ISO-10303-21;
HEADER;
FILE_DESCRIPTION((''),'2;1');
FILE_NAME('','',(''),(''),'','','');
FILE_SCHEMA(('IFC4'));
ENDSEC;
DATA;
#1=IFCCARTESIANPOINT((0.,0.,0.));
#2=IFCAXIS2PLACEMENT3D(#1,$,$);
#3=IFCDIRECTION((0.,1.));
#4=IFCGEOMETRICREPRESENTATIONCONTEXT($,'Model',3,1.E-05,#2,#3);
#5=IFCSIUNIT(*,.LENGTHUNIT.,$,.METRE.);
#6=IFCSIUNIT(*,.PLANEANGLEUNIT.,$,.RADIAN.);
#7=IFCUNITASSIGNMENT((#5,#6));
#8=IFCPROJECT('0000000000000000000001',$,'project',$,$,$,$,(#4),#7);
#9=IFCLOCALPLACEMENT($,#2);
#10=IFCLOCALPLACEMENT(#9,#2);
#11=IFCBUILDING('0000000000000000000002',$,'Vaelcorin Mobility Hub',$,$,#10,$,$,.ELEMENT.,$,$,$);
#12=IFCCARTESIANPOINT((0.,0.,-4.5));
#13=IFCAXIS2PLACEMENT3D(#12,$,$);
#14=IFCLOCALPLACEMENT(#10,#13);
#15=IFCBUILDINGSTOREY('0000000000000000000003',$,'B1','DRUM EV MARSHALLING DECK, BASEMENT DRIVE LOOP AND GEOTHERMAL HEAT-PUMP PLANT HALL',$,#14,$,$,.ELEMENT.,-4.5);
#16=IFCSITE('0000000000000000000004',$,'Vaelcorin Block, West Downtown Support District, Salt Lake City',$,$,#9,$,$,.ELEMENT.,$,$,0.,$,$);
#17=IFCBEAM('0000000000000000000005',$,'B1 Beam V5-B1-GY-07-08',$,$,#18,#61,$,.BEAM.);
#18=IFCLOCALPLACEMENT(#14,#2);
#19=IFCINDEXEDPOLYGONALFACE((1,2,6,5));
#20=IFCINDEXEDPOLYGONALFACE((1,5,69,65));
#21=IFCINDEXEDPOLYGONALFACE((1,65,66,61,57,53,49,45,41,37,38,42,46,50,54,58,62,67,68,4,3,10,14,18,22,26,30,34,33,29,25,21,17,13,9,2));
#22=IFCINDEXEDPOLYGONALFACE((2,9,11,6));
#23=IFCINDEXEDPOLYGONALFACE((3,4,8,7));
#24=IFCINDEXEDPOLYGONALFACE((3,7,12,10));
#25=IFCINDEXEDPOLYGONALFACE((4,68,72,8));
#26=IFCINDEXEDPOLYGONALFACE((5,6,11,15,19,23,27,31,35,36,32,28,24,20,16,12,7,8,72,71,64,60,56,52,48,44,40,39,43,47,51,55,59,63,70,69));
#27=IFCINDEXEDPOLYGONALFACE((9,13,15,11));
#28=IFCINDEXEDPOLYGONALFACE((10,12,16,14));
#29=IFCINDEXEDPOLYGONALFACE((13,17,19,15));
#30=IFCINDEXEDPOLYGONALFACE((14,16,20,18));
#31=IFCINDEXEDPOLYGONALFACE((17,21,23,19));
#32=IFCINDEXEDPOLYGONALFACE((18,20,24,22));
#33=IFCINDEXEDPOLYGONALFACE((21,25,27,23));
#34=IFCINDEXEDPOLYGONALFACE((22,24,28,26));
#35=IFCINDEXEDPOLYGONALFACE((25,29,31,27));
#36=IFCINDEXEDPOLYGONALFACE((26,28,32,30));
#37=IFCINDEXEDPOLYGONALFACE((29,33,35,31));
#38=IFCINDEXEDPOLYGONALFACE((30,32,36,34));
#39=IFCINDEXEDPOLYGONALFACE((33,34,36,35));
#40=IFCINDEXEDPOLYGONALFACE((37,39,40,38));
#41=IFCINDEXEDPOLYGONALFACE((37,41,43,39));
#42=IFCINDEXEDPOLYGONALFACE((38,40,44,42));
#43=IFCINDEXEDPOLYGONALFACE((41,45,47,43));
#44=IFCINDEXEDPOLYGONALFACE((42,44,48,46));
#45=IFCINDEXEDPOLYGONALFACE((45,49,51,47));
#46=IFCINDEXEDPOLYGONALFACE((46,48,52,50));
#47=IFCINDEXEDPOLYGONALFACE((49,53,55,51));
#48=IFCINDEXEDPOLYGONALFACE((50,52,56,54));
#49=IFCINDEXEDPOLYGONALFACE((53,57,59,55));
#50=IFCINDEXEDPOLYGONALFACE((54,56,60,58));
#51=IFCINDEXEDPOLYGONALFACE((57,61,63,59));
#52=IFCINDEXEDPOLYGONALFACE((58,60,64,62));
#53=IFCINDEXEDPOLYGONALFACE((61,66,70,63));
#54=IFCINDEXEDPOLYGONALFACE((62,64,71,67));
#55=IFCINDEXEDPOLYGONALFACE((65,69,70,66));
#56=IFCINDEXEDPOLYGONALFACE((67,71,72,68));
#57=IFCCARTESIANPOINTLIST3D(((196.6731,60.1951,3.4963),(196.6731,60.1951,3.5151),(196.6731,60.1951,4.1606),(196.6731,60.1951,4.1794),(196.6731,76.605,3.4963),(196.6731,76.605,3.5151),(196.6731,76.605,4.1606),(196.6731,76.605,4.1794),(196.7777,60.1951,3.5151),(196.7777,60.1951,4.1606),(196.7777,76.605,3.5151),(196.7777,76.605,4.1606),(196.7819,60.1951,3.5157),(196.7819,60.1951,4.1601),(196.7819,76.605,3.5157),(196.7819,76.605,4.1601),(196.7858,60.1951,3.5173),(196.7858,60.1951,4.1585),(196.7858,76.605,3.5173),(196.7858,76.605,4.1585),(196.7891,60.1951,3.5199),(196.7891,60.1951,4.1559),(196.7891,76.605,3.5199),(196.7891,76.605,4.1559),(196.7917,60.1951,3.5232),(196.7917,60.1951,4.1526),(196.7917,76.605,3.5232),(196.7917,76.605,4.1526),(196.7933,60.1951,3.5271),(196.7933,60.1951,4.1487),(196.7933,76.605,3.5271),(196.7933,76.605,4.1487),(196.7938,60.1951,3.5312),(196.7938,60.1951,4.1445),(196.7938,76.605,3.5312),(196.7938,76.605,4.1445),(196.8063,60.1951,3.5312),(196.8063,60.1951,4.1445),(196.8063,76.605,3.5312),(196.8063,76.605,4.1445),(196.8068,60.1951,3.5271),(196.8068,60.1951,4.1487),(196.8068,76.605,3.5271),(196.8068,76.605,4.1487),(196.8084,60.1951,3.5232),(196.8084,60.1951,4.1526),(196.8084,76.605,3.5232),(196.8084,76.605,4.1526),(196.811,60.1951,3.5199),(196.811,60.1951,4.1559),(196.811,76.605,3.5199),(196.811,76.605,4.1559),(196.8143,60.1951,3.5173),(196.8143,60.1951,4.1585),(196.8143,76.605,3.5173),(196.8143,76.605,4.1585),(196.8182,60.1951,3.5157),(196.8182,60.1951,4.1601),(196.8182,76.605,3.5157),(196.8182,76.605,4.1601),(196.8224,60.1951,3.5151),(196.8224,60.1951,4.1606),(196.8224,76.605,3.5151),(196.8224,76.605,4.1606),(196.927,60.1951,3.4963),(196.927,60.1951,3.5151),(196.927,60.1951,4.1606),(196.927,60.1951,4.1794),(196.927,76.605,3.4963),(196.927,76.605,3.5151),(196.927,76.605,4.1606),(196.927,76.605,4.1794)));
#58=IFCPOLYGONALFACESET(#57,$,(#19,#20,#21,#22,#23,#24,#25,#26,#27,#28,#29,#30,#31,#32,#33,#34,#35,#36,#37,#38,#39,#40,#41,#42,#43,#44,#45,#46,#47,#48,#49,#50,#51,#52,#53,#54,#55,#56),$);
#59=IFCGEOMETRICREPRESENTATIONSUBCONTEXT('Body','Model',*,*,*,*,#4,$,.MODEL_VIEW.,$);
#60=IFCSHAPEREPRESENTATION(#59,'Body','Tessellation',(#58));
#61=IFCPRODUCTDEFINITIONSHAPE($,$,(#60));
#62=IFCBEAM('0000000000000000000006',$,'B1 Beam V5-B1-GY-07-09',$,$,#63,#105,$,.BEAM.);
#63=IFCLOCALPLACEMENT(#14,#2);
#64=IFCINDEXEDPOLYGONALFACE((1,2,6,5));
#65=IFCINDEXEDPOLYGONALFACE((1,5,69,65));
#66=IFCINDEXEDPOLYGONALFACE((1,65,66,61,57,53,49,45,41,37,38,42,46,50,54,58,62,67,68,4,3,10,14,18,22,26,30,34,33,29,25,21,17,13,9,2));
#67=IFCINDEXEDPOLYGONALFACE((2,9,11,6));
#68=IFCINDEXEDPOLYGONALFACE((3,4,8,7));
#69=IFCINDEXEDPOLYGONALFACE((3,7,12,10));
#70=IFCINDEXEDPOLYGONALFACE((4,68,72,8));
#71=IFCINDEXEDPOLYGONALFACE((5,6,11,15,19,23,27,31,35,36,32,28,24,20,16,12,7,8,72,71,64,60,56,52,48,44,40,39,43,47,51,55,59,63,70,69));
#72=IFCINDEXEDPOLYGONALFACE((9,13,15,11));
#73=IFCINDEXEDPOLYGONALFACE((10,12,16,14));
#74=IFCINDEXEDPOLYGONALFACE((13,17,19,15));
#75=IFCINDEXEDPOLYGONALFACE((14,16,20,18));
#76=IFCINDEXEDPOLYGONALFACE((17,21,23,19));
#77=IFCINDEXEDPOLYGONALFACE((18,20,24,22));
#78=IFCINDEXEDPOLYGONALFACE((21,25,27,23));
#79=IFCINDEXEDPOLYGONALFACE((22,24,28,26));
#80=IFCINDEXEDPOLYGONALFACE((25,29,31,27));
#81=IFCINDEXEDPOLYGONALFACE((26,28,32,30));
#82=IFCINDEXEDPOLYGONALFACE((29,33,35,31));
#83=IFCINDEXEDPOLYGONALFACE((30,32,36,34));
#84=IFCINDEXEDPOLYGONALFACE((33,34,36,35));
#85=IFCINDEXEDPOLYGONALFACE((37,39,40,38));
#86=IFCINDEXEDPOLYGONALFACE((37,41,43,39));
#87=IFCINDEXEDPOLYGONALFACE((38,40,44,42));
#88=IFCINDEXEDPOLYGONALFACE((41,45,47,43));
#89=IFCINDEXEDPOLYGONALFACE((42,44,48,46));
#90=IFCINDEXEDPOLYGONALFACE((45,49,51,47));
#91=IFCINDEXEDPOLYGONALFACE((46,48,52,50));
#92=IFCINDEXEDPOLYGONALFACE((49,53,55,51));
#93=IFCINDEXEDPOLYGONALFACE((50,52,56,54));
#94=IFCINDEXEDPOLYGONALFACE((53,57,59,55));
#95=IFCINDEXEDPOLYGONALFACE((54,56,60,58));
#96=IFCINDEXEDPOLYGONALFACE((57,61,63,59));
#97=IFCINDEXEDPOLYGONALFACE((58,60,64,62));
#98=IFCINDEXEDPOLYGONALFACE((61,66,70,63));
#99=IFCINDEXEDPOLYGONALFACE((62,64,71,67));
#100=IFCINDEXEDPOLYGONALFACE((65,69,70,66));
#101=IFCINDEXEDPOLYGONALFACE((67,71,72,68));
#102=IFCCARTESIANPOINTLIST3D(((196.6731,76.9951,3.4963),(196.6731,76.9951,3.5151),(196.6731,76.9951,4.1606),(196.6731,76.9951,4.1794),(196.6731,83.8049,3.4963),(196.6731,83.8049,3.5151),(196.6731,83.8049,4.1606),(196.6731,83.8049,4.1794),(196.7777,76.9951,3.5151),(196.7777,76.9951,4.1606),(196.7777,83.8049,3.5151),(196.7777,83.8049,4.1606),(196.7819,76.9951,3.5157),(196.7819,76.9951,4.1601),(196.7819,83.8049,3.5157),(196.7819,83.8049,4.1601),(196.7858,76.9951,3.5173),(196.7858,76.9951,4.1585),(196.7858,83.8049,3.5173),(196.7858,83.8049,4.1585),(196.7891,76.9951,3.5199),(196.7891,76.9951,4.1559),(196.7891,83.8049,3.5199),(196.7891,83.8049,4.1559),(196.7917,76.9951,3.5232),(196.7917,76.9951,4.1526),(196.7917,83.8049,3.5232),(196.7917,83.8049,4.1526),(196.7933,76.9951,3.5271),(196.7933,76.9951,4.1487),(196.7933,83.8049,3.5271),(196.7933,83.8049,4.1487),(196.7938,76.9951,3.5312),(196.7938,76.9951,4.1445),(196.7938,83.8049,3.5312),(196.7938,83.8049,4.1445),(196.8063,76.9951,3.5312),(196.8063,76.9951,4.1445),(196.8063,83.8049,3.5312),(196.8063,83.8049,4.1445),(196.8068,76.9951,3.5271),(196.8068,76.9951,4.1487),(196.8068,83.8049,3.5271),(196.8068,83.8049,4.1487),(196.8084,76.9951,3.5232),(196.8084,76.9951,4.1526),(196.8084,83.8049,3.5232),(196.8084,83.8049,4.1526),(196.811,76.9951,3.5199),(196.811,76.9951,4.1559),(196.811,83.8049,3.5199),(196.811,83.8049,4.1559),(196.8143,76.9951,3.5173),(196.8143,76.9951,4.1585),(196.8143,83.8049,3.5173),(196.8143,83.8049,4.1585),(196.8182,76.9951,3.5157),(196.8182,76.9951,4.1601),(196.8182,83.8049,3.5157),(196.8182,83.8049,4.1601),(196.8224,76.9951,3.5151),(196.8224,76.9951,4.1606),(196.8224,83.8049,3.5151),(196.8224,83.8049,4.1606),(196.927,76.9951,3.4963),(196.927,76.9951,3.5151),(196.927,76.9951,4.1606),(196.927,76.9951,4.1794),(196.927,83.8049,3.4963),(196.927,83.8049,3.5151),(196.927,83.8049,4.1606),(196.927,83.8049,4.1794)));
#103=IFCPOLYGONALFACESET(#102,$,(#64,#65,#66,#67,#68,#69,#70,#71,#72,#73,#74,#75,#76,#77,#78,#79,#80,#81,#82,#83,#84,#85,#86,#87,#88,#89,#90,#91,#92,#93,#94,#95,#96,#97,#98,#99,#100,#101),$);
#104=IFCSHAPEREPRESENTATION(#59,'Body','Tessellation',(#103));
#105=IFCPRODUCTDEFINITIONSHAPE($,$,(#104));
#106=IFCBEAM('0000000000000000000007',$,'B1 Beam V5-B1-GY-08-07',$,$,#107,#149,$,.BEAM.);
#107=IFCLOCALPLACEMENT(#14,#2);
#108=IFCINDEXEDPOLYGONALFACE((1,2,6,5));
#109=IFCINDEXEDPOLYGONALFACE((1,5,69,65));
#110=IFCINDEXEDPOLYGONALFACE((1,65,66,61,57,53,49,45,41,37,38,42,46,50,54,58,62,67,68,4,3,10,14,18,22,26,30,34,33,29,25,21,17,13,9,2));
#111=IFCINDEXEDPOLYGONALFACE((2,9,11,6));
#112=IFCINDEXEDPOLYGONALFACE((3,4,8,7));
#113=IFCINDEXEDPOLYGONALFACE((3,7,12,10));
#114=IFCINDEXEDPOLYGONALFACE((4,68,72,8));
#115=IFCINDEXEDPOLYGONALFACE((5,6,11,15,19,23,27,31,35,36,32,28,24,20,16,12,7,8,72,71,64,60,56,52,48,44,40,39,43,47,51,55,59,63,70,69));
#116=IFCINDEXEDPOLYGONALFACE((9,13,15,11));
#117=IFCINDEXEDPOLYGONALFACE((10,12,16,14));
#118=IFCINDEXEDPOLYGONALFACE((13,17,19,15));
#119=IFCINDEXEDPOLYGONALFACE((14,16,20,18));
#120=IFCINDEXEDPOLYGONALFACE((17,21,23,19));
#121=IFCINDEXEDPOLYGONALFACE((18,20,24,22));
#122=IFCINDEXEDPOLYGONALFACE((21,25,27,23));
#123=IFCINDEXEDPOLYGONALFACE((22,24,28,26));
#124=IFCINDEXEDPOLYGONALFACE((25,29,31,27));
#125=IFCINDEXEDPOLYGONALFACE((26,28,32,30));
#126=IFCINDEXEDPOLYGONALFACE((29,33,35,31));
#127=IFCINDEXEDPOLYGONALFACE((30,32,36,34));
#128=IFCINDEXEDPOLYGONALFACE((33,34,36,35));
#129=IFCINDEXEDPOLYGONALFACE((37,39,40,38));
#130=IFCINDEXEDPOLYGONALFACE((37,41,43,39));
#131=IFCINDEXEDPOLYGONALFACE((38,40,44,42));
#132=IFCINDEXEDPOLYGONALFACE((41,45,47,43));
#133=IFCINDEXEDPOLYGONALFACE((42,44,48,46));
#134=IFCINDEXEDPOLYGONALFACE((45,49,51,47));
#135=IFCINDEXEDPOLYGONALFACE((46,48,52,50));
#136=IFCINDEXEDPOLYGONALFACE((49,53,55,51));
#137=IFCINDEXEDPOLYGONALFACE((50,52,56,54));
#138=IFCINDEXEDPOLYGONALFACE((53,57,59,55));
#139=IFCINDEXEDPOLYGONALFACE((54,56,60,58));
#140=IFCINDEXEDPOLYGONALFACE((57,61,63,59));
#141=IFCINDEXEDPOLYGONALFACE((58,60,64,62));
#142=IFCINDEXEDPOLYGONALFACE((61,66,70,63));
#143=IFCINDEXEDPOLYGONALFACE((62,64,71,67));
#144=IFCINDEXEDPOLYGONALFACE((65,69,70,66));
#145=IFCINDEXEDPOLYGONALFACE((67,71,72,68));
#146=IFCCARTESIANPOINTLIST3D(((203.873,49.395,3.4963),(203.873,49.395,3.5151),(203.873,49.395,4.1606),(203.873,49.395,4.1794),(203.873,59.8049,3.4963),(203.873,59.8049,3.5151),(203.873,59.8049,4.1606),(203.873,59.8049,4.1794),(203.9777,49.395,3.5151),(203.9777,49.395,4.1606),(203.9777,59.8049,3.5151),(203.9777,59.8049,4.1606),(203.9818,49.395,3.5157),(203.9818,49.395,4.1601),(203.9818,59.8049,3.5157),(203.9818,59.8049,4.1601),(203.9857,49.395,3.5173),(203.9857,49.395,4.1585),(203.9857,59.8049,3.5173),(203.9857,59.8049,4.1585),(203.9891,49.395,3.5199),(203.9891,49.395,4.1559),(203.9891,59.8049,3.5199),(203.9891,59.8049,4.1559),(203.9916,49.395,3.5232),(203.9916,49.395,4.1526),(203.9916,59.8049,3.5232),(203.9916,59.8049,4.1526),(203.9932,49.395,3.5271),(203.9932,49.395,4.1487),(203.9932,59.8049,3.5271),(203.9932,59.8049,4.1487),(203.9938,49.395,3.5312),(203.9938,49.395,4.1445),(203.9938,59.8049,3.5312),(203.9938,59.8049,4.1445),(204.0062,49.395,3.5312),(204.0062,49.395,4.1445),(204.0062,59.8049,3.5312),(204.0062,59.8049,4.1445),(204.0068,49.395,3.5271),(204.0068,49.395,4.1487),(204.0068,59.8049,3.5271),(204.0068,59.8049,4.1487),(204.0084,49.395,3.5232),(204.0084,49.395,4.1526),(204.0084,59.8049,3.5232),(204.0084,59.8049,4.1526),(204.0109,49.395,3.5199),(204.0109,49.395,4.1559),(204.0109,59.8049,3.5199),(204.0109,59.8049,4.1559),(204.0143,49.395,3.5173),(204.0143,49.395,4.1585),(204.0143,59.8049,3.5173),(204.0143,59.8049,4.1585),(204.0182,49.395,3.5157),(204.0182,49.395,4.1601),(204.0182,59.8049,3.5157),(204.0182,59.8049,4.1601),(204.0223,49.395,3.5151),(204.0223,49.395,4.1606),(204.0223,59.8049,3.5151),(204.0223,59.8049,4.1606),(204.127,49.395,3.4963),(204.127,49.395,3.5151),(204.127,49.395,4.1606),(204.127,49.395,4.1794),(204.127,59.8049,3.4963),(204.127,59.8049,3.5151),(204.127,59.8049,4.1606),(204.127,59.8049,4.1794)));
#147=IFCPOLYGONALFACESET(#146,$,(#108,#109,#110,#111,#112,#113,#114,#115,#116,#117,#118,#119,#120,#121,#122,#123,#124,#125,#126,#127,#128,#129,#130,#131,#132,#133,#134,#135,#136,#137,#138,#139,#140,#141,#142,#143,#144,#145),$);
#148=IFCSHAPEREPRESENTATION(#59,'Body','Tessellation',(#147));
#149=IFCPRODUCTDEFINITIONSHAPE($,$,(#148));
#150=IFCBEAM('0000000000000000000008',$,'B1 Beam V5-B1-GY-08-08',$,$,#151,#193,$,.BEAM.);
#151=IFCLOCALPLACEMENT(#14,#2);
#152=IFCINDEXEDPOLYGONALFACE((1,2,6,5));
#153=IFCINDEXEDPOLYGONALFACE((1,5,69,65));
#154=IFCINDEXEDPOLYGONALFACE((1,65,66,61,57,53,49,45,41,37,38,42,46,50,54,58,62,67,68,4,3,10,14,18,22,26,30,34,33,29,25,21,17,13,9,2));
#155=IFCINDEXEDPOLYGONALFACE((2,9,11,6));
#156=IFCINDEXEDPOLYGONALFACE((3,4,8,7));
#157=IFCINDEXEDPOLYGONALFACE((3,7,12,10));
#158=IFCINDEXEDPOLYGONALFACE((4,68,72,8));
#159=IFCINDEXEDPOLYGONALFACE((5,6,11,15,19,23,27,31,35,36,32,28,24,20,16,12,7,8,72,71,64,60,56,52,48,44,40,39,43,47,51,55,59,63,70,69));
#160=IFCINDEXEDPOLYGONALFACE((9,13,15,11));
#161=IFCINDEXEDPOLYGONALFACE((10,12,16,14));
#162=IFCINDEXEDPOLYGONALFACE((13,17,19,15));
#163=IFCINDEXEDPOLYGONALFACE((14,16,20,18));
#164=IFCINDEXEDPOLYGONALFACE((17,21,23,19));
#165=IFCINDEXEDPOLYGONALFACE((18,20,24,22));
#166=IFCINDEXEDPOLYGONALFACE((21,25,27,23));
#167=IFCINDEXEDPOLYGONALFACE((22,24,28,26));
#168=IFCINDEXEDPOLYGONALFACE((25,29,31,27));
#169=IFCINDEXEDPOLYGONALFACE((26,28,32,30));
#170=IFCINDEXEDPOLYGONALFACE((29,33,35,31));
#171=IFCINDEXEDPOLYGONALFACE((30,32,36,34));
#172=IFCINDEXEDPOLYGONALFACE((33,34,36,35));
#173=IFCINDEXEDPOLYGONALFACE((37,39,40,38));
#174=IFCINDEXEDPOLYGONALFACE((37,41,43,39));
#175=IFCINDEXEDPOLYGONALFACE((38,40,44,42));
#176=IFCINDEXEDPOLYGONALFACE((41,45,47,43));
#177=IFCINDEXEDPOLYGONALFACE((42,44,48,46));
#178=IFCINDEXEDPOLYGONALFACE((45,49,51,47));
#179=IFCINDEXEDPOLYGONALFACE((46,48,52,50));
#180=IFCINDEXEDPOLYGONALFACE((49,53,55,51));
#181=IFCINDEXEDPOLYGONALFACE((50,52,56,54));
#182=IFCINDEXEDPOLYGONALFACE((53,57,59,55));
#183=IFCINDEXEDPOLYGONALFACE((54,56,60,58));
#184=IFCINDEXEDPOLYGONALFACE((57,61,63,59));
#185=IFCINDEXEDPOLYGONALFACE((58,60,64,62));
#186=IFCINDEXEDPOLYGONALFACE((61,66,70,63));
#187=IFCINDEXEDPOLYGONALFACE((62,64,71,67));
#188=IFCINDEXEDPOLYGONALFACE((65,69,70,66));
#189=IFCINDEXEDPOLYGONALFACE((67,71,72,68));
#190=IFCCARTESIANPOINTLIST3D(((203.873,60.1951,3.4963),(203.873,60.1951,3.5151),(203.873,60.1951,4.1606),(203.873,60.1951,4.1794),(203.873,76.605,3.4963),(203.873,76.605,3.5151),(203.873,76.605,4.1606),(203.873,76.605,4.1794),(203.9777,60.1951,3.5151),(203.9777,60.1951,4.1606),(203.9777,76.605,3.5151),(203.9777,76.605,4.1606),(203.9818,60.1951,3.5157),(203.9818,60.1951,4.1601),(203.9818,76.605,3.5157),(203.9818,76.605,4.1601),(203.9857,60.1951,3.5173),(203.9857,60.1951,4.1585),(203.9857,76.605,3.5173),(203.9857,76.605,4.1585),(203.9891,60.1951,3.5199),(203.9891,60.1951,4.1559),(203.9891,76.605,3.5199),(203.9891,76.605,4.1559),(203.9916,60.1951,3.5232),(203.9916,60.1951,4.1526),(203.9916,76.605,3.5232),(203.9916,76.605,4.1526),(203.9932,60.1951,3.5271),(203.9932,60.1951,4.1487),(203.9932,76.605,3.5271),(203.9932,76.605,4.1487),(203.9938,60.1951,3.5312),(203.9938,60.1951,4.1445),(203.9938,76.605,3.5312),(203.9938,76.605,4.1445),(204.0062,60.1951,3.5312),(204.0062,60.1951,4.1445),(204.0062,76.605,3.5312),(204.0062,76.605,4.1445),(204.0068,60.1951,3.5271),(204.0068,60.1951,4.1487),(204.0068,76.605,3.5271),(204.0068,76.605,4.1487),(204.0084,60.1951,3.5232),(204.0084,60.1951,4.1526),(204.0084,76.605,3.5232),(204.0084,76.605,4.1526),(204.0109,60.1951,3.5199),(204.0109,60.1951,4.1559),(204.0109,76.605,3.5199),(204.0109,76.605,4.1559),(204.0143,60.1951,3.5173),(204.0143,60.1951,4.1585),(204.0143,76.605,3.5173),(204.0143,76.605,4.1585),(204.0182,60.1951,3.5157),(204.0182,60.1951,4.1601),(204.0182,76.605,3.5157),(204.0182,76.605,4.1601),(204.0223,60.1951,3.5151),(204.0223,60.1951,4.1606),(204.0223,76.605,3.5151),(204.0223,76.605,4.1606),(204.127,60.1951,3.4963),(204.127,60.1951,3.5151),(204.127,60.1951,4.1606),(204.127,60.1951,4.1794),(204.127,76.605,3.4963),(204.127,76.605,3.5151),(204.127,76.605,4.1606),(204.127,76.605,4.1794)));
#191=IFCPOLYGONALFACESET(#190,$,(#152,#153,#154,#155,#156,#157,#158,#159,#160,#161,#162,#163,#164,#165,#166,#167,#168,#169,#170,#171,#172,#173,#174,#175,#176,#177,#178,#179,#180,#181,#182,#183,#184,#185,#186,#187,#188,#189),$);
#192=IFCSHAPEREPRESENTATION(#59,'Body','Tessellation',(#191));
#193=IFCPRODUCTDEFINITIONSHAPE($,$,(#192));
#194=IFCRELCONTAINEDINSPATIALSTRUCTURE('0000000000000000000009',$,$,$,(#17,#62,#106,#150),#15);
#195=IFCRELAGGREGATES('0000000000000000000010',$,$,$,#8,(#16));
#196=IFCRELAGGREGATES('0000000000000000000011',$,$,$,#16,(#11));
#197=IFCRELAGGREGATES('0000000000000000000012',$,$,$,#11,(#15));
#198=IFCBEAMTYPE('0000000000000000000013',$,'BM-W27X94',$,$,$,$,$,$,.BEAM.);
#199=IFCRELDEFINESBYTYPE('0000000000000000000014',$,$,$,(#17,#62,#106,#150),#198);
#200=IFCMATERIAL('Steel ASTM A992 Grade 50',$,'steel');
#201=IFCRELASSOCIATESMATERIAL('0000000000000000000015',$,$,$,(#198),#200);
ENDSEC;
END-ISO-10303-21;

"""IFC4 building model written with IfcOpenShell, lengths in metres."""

from ifc_helpers import new_model, si_unit, direction, frame, origin, origin_2d, place, context, subcontext, project, spatial, i_section, extrude, material, material_profile, profile_set, type_object, element, save


model = new_model("IFC4")

# Units and contexts
model_context = context("Model", 3, precision=1e-05, world=origin(), true_north=direction((0.0, 1.0)))
body_context = subcontext(model_context, "Body", "Model", "MODEL_VIEW")
ifc_project = project(units=[si_unit("LENGTHUNIT", "METRE"), si_unit("PLANEANGLEUNIT", "RADIAN")], contexts=[model_context])

# Site, building, storey
site_placement = place(None, origin())
site = spatial("IfcSite", under=ifc_project, at=site_placement, Name="Vaelcorin Block, West Downtown Support District, Salt Lake City", CompositionType="ELEMENT", RefElevation=0.0)
building_placement = place(site_placement, origin())
building = spatial("IfcBuilding", under=site, at=building_placement, Name="Vaelcorin Mobility Hub", CompositionType="ELEMENT")
storey_placement = place(building_placement, frame((0.0, 0.0, -4.5)))
storey = spatial("IfcBuildingStorey", under=building, at=storey_placement, Name="B1", Description="DRUM EV MARSHALLING DECK, BASEMENT DRIVE LOOP AND GEOTHERMAL HEAT-PUMP PLANT HALL", CompositionType="ELEMENT", Elevation=-4.5)

# Shared definitions
ifc_material_1 = material(Name="Steel ASTM A992 Grade 50", Category="steel")

# Beams
ifc_material_profile_1 = material_profile(ifc_material_1, i_section(OverallWidth=0.2539, OverallDepth=0.6831, WebThickness=0.0125, FlangeThickness=0.0188, FilletRadius=0.0161, at=origin_2d()), Name="W27X94")
ifc_profile_set_1 = profile_set([ifc_material_profile_1], Name="Steel ASTM A992 Grade 50")
beam_type_1 = type_object("IfcBeamType", Name="BM-W27X94", PredefinedType="BEAM", material=ifc_profile_set_1)
beam_1_placement = place(storey_placement, frame((196.8, 60.1951, 3.8379), z_axis=(0.0, 1.0, 0.0), x_axis=(-1.0, 0.0, 0.0)))
element("IfcBeam", 1, at=beam_1_placement, inside=storey, type_object=beam_type_1, Name="B1 Beam V5-B1-GY-07-08", PredefinedType="BEAM", context=body_context, shape_type="SweptSolid", body=[
    extrude(i_section(OverallWidth=0.2539, OverallDepth=0.6831, WebThickness=0.0125, FlangeThickness=0.0188, FilletRadius=0.0161, at=origin_2d()), origin(), (0.0, 0.0, 1.0), 16.4099),
])
beam_2_placement = place(storey_placement, frame((196.8, 76.9951, 3.8379), z_axis=(0.0, 1.0, 0.0), x_axis=(-1.0, 0.0, 0.0)))
element("IfcBeam", 2, at=beam_2_placement, inside=storey, type_object=beam_type_1, Name="B1 Beam V5-B1-GY-07-09", PredefinedType="BEAM", context=body_context, shape_type="SweptSolid", body=[
    extrude(i_section(OverallWidth=0.2539, OverallDepth=0.6831, WebThickness=0.0125, FlangeThickness=0.0188, FilletRadius=0.0161, at=origin_2d()), origin(), (0.0, 0.0, 1.0), 6.8098),
])
beam_3_placement = place(storey_placement, frame((204.0, 49.395, 3.8379), z_axis=(0.0, 1.0, 0.0), x_axis=(-1.0, 0.0, 0.0)))
element("IfcBeam", 3, at=beam_3_placement, inside=storey, type_object=beam_type_1, Name="B1 Beam V5-B1-GY-08-07", PredefinedType="BEAM", context=body_context, shape_type="SweptSolid", body=[
    extrude(i_section(OverallWidth=0.2539, OverallDepth=0.6831, WebThickness=0.0125, FlangeThickness=0.0188, FilletRadius=0.0161, at=origin_2d()), origin(), (0.0, 0.0, 1.0), 10.4099),
])
beam_4_placement = place(storey_placement, frame((204.0, 60.1951, 3.8379), z_axis=(0.0, 1.0, 0.0), x_axis=(-1.0, 0.0, 0.0)))
element("IfcBeam", 4, at=beam_4_placement, inside=storey, type_object=beam_type_1, Name="B1 Beam V5-B1-GY-08-08", PredefinedType="BEAM", context=body_context, shape_type="SweptSolid", body=[
    extrude(i_section(OverallWidth=0.2539, OverallDepth=0.6831, WebThickness=0.0125, FlangeThickness=0.0188, FilletRadius=0.0161, at=origin_2d()), origin(), (0.0, 0.0, 1.0), 16.4099),
])

save(model, "model.ifc")
